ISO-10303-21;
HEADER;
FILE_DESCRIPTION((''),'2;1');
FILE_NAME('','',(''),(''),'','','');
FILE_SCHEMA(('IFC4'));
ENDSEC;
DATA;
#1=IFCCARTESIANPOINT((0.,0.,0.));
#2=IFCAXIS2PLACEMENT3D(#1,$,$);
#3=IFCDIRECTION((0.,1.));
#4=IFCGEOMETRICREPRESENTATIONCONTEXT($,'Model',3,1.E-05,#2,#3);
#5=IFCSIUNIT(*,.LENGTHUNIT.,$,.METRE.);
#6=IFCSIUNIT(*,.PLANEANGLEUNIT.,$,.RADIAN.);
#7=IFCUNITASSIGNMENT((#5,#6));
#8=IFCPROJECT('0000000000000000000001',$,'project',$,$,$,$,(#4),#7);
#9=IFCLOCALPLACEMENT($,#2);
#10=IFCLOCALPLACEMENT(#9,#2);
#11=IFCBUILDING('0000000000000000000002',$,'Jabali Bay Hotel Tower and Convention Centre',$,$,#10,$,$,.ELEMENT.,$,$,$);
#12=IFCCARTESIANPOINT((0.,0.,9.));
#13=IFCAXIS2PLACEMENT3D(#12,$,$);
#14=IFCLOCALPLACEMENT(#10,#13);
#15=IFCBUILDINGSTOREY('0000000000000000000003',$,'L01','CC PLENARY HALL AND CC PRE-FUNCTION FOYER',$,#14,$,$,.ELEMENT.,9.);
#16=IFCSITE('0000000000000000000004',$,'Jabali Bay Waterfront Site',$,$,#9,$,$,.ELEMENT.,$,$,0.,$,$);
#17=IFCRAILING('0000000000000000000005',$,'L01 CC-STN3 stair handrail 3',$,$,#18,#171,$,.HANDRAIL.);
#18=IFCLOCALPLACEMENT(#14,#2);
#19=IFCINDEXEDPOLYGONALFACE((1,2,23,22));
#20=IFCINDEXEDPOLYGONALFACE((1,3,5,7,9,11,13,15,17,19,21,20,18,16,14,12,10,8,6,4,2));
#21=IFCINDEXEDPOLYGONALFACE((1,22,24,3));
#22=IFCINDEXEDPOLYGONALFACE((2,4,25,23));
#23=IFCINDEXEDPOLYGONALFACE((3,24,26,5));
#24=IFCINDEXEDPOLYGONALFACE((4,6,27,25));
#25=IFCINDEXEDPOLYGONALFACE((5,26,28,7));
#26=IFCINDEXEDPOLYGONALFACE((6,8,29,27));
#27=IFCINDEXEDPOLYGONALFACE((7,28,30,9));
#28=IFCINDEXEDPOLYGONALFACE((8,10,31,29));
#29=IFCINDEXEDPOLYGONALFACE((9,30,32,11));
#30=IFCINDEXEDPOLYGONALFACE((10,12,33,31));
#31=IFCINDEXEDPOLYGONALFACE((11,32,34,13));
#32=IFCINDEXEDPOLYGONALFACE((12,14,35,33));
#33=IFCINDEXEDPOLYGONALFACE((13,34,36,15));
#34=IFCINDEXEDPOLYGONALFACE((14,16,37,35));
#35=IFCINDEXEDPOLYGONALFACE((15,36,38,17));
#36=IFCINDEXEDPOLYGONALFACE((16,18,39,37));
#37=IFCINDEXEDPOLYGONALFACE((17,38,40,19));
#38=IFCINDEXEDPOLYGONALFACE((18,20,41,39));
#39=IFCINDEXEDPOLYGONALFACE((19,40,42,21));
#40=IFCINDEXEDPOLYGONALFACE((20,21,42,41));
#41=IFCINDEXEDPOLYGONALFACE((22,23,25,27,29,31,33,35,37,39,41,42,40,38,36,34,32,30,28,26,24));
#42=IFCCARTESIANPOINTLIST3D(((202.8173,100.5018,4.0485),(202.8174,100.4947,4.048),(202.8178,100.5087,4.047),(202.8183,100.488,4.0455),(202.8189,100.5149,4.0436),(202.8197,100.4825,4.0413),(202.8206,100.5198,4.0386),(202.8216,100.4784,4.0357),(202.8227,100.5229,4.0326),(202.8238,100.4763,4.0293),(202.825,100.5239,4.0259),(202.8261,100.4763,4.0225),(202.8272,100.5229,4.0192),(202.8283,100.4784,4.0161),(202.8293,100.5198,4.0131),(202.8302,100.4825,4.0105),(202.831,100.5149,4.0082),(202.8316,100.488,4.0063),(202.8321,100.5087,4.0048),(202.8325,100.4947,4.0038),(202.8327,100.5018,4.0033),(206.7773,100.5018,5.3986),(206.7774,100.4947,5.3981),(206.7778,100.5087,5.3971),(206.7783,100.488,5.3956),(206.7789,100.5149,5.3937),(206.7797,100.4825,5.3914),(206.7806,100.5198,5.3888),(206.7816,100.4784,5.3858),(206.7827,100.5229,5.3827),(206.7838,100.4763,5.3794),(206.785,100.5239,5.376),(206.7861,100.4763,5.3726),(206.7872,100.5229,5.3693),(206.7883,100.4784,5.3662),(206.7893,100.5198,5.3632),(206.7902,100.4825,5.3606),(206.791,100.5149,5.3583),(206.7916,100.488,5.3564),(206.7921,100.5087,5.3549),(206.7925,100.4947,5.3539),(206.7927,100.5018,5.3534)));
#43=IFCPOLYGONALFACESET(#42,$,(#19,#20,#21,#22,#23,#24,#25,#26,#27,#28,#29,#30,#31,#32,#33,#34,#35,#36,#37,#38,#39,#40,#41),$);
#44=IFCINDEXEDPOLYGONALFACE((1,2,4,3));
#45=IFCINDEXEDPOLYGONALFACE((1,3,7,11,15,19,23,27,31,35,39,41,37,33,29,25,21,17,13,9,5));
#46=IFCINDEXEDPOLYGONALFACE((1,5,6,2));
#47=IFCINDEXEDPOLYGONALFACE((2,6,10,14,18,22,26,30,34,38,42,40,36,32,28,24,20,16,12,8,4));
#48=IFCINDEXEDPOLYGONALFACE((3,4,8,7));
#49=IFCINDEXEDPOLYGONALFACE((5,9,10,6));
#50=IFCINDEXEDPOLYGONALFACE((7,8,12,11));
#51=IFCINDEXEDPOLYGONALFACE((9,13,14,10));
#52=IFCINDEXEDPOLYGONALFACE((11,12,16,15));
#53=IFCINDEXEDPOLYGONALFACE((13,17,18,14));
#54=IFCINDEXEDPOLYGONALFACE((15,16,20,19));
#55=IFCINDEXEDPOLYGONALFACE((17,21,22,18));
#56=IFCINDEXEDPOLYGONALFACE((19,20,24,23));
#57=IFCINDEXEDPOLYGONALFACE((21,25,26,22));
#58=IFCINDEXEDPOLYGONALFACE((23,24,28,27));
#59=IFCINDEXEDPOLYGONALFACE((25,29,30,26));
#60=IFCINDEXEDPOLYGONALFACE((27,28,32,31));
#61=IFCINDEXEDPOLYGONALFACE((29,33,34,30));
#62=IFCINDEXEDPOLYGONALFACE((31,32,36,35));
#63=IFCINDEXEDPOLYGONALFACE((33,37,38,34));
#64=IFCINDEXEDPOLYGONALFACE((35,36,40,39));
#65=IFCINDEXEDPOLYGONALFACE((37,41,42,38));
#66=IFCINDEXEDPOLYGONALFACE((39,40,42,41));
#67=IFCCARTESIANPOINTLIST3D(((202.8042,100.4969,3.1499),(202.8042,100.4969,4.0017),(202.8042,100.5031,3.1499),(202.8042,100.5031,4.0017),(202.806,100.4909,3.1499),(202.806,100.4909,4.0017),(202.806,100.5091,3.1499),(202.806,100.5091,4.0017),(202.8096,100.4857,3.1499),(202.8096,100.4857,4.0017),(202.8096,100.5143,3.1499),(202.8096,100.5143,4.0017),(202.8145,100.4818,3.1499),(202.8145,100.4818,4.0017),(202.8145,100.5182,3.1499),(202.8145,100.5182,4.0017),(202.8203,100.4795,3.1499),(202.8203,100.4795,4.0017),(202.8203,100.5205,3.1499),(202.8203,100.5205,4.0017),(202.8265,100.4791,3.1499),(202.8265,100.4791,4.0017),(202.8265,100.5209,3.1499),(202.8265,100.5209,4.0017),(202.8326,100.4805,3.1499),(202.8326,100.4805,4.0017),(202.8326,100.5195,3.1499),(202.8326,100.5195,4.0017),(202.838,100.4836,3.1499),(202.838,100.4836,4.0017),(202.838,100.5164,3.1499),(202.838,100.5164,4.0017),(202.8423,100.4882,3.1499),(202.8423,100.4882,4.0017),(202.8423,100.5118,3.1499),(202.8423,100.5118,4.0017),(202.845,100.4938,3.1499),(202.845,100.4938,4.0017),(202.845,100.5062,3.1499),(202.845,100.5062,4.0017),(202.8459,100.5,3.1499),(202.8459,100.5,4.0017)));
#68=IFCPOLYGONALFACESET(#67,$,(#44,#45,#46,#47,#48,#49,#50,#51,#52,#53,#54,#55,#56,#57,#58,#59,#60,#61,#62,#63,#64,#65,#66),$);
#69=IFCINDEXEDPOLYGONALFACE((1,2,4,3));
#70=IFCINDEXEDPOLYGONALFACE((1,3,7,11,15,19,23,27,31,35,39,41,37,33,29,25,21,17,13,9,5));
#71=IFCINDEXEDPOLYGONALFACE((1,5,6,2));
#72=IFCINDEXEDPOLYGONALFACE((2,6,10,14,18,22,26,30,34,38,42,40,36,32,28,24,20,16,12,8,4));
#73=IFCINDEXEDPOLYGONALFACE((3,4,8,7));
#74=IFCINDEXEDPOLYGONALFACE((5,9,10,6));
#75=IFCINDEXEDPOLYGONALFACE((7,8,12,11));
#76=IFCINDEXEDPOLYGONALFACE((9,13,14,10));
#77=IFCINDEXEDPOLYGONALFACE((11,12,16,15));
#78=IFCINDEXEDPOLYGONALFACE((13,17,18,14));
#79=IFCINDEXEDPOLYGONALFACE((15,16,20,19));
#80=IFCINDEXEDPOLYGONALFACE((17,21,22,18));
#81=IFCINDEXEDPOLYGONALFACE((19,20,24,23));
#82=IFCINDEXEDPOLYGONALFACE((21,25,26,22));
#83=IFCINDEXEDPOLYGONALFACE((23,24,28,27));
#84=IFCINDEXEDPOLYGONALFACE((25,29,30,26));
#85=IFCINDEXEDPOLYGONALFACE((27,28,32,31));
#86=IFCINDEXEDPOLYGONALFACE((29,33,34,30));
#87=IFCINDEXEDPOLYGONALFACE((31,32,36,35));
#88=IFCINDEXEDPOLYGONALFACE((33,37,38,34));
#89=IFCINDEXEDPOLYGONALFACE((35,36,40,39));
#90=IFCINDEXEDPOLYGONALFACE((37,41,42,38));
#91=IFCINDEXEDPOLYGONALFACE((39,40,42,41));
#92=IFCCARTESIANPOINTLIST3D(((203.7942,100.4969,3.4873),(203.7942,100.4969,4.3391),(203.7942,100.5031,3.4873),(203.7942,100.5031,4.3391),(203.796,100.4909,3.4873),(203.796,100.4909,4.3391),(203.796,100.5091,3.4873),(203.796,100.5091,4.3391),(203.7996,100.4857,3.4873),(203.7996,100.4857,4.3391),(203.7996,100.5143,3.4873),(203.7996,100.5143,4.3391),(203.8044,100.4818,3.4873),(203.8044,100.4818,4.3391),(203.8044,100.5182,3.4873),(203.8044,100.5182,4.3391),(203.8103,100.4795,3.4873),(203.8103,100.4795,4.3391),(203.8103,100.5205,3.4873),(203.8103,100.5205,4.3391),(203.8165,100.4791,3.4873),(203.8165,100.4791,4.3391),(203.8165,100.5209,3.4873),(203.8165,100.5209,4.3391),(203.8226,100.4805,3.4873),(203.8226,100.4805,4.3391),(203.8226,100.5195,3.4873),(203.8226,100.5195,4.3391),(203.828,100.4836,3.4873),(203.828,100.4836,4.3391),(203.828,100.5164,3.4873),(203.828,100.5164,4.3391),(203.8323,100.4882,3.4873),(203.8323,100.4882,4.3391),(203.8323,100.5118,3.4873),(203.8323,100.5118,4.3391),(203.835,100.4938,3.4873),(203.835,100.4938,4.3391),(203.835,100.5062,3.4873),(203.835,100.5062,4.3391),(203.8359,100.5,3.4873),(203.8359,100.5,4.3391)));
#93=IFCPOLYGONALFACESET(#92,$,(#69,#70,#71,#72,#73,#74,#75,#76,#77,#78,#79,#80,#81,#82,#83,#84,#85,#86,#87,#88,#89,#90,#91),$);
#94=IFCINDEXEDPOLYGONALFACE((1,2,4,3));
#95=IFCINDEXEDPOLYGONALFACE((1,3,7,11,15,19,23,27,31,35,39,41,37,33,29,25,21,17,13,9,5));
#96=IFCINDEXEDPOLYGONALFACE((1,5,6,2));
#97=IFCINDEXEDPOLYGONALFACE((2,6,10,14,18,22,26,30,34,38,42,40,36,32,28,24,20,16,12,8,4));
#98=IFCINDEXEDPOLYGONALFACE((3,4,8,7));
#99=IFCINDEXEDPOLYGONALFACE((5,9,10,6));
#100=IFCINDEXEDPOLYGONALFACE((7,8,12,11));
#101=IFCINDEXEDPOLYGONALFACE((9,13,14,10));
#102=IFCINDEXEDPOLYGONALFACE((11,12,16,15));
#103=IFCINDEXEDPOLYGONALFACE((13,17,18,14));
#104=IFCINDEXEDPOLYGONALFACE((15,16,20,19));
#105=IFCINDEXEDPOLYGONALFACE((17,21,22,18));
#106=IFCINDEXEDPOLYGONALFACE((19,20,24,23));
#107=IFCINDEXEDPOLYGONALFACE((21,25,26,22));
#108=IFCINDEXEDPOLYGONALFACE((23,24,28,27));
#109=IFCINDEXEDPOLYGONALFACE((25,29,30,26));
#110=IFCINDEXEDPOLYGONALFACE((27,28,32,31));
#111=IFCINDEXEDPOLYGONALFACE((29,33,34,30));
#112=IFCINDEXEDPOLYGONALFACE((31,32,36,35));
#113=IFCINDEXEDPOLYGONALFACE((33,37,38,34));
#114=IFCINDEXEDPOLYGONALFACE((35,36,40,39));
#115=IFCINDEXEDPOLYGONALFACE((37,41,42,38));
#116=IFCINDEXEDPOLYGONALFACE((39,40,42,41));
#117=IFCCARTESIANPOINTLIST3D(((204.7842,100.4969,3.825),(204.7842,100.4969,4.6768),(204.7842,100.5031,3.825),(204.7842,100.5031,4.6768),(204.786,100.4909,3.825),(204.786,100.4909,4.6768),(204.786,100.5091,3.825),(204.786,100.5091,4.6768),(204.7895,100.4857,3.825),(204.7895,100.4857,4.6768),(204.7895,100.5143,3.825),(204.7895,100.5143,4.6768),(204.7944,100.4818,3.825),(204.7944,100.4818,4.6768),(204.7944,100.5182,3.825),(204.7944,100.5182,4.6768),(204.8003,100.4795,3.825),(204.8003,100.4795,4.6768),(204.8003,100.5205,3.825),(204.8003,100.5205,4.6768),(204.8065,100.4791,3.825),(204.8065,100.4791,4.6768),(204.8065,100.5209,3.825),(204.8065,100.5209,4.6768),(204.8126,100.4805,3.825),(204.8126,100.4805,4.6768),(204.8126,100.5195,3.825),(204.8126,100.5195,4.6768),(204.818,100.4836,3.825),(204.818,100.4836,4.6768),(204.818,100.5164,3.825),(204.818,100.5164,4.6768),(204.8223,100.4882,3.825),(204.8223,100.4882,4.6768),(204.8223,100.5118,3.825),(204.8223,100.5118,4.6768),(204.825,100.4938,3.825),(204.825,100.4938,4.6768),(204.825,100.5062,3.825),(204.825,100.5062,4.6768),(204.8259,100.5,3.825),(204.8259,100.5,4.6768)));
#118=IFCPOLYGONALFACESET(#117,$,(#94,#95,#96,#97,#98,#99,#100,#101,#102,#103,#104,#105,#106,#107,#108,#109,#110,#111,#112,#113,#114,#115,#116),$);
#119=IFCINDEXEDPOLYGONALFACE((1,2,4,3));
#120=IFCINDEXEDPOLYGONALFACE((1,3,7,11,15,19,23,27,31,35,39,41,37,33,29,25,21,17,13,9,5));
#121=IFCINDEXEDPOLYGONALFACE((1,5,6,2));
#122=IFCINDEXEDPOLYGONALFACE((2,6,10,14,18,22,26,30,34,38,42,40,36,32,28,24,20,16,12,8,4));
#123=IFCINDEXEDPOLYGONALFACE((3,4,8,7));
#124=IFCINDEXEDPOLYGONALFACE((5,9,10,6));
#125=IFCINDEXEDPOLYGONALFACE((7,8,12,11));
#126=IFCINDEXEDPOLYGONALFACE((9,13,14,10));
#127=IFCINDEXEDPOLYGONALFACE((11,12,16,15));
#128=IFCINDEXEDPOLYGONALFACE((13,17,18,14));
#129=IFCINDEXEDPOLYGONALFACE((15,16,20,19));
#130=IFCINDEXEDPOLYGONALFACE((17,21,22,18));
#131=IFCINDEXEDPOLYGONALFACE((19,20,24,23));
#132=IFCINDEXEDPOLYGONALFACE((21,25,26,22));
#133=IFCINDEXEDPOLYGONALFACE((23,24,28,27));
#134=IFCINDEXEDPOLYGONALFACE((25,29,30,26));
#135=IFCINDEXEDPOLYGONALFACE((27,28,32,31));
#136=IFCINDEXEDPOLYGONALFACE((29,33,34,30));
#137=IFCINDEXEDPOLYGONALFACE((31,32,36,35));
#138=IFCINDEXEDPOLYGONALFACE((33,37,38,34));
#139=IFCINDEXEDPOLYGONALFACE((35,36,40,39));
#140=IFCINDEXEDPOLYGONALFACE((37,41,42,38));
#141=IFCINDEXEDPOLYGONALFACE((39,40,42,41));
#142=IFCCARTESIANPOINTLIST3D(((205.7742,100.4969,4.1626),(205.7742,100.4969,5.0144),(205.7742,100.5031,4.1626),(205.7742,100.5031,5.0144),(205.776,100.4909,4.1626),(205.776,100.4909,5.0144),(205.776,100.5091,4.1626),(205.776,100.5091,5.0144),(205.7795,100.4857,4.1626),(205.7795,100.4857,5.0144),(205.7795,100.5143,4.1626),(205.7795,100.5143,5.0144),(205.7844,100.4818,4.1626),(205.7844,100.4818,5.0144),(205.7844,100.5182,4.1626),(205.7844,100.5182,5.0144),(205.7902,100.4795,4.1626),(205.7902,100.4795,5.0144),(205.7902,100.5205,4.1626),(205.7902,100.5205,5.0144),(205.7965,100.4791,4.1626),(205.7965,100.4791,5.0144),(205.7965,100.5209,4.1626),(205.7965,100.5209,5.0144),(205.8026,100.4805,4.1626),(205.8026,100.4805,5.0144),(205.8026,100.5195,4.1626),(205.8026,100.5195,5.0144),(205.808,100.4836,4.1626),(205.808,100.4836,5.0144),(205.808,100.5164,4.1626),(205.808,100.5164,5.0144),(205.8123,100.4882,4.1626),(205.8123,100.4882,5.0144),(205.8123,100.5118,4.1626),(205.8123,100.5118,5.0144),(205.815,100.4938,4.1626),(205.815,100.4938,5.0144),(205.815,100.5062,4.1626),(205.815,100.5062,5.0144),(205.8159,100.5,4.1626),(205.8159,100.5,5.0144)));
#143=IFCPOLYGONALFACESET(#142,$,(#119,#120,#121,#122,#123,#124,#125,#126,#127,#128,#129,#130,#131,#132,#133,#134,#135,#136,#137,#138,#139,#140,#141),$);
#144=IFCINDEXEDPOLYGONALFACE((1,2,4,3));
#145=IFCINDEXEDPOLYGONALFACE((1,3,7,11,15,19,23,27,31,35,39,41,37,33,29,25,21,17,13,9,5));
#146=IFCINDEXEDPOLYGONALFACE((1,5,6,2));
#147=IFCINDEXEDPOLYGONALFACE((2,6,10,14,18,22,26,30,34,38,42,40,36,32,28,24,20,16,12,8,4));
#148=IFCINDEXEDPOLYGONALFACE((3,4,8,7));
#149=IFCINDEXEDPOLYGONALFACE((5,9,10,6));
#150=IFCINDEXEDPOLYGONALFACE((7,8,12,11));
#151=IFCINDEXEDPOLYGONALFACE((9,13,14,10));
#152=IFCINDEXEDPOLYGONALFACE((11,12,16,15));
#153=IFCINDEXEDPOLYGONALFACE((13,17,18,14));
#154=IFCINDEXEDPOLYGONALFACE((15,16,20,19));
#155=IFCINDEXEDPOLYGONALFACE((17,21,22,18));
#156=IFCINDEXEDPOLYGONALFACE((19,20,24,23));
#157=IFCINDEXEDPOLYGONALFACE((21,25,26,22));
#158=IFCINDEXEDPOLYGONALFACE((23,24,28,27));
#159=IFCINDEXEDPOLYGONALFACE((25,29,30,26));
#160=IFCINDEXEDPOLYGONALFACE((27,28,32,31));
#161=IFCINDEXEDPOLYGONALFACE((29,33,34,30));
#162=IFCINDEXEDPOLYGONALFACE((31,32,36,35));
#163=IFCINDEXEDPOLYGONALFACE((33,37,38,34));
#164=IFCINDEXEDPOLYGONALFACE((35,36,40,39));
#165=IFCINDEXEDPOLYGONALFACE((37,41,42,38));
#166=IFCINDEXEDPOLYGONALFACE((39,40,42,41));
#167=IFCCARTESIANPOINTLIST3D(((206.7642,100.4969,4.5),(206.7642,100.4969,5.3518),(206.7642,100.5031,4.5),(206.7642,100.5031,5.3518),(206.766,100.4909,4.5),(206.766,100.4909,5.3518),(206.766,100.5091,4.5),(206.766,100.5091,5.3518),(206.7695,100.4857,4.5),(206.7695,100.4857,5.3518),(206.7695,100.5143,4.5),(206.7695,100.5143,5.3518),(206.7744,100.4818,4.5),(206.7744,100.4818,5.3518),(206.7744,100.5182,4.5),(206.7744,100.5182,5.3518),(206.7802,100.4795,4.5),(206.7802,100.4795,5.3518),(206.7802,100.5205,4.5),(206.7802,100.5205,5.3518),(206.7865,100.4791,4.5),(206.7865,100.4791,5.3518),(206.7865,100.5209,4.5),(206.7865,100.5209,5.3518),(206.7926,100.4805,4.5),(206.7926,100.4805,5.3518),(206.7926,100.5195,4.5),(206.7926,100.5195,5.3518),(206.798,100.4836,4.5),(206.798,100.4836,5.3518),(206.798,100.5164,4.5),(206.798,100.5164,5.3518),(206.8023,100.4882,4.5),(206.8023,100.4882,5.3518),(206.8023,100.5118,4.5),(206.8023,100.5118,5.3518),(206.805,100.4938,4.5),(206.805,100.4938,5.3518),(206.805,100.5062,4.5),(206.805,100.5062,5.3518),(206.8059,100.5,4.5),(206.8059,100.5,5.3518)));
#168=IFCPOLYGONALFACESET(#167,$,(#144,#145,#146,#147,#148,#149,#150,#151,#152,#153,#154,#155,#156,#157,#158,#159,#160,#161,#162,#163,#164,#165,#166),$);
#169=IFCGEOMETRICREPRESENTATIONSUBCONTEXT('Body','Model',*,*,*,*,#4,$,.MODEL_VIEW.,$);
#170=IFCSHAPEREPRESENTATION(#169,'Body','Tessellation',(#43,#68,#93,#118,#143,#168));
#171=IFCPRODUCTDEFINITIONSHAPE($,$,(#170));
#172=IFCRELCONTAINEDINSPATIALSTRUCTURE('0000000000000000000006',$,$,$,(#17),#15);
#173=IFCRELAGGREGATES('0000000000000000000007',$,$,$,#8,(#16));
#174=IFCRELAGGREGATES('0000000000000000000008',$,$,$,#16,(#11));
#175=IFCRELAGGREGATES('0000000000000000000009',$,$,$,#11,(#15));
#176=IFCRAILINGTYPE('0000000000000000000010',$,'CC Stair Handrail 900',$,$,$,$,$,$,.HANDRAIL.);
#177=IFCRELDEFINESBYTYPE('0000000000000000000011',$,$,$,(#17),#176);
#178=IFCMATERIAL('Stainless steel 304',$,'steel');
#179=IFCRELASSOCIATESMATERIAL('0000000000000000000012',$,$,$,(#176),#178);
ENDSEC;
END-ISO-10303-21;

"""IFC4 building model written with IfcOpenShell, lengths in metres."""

from ifc_helpers import new_model, si_unit, direction, frame, origin, origin_2d, place, context, subcontext, project, spatial, circle, extrude, material, type_object, element, save


model = new_model("IFC4")

# Units and contexts
model_context = context("Model", 3, precision=1e-05, world=origin(), true_north=direction((0.0, 1.0)))
body_context = subcontext(model_context, "Body", "Model", "MODEL_VIEW")
ifc_project = project(units=[si_unit("LENGTHUNIT", "METRE"), si_unit("PLANEANGLEUNIT", "RADIAN")], contexts=[model_context])

# Site, building, storey
site_placement = place(None, origin())
site = spatial("IfcSite", under=ifc_project, at=site_placement, Name="Jabali Bay Waterfront Site", CompositionType="ELEMENT", RefElevation=0.0)
building_placement = place(site_placement, origin())
building = spatial("IfcBuilding", under=site, at=building_placement, Name="Jabali Bay Hotel Tower and Convention Centre", CompositionType="ELEMENT")
storey_placement = place(building_placement, frame((0.0, 0.0, 9.0)))
storey = spatial("IfcBuildingStorey", under=building, at=storey_placement, Name="L01", Description="CC PLENARY HALL AND CC PRE-FUNCTION FOYER", CompositionType="ELEMENT", Elevation=9.0)

# Railing
ifc_material_1 = material(Name="Stainless steel 304", Category="steel")
railing_type_1 = type_object("IfcRailingType", Name="CC Stair Handrail 900", PredefinedType="HANDRAIL", material=ifc_material_1)
railing_1_placement = place(storey_placement, frame((202.825, 100.5, 3.1499)))
element("IfcRailing", 1, at=railing_1_placement, inside=storey, type_object=railing_type_1, Name="L01 CC-STN3 stair handrail 3", PredefinedType="HANDRAIL", context=body_context, shape_type="SweptSolid", body=[
    extrude(circle(Radius=0.0239, at=origin_2d()), frame((0.0, 0.0, 0.876), z_axis=(0.946502, 0.0, 0.322698), x_axis=(0.0, 1.0, 0.0)), (0.0, 0.0, 1.0), 4.1838),
    extrude(circle(Radius=0.021, at=origin_2d()), origin(), (0.0, 0.0, 1.0), 0.8518),
    extrude(circle(Radius=0.021, at=origin_2d()), frame((0.99, 0.0, 0.3374)), (0.0, 0.0, 1.0), 0.8518),
    extrude(circle(Radius=0.021, at=origin_2d()), frame((1.98, 0.0, 0.675)), (0.0, 0.0, 1.0), 0.8518),
    extrude(circle(Radius=0.021, at=origin_2d()), frame((2.97, 0.0, 1.0127)), (0.0, 0.0, 1.0), 0.8518),
    extrude(circle(Radius=0.021, at=origin_2d()), frame((3.96, 0.0, 1.3501)), (0.0, 0.0, 1.0), 0.8518),
])

save(model, "model.ifc")
